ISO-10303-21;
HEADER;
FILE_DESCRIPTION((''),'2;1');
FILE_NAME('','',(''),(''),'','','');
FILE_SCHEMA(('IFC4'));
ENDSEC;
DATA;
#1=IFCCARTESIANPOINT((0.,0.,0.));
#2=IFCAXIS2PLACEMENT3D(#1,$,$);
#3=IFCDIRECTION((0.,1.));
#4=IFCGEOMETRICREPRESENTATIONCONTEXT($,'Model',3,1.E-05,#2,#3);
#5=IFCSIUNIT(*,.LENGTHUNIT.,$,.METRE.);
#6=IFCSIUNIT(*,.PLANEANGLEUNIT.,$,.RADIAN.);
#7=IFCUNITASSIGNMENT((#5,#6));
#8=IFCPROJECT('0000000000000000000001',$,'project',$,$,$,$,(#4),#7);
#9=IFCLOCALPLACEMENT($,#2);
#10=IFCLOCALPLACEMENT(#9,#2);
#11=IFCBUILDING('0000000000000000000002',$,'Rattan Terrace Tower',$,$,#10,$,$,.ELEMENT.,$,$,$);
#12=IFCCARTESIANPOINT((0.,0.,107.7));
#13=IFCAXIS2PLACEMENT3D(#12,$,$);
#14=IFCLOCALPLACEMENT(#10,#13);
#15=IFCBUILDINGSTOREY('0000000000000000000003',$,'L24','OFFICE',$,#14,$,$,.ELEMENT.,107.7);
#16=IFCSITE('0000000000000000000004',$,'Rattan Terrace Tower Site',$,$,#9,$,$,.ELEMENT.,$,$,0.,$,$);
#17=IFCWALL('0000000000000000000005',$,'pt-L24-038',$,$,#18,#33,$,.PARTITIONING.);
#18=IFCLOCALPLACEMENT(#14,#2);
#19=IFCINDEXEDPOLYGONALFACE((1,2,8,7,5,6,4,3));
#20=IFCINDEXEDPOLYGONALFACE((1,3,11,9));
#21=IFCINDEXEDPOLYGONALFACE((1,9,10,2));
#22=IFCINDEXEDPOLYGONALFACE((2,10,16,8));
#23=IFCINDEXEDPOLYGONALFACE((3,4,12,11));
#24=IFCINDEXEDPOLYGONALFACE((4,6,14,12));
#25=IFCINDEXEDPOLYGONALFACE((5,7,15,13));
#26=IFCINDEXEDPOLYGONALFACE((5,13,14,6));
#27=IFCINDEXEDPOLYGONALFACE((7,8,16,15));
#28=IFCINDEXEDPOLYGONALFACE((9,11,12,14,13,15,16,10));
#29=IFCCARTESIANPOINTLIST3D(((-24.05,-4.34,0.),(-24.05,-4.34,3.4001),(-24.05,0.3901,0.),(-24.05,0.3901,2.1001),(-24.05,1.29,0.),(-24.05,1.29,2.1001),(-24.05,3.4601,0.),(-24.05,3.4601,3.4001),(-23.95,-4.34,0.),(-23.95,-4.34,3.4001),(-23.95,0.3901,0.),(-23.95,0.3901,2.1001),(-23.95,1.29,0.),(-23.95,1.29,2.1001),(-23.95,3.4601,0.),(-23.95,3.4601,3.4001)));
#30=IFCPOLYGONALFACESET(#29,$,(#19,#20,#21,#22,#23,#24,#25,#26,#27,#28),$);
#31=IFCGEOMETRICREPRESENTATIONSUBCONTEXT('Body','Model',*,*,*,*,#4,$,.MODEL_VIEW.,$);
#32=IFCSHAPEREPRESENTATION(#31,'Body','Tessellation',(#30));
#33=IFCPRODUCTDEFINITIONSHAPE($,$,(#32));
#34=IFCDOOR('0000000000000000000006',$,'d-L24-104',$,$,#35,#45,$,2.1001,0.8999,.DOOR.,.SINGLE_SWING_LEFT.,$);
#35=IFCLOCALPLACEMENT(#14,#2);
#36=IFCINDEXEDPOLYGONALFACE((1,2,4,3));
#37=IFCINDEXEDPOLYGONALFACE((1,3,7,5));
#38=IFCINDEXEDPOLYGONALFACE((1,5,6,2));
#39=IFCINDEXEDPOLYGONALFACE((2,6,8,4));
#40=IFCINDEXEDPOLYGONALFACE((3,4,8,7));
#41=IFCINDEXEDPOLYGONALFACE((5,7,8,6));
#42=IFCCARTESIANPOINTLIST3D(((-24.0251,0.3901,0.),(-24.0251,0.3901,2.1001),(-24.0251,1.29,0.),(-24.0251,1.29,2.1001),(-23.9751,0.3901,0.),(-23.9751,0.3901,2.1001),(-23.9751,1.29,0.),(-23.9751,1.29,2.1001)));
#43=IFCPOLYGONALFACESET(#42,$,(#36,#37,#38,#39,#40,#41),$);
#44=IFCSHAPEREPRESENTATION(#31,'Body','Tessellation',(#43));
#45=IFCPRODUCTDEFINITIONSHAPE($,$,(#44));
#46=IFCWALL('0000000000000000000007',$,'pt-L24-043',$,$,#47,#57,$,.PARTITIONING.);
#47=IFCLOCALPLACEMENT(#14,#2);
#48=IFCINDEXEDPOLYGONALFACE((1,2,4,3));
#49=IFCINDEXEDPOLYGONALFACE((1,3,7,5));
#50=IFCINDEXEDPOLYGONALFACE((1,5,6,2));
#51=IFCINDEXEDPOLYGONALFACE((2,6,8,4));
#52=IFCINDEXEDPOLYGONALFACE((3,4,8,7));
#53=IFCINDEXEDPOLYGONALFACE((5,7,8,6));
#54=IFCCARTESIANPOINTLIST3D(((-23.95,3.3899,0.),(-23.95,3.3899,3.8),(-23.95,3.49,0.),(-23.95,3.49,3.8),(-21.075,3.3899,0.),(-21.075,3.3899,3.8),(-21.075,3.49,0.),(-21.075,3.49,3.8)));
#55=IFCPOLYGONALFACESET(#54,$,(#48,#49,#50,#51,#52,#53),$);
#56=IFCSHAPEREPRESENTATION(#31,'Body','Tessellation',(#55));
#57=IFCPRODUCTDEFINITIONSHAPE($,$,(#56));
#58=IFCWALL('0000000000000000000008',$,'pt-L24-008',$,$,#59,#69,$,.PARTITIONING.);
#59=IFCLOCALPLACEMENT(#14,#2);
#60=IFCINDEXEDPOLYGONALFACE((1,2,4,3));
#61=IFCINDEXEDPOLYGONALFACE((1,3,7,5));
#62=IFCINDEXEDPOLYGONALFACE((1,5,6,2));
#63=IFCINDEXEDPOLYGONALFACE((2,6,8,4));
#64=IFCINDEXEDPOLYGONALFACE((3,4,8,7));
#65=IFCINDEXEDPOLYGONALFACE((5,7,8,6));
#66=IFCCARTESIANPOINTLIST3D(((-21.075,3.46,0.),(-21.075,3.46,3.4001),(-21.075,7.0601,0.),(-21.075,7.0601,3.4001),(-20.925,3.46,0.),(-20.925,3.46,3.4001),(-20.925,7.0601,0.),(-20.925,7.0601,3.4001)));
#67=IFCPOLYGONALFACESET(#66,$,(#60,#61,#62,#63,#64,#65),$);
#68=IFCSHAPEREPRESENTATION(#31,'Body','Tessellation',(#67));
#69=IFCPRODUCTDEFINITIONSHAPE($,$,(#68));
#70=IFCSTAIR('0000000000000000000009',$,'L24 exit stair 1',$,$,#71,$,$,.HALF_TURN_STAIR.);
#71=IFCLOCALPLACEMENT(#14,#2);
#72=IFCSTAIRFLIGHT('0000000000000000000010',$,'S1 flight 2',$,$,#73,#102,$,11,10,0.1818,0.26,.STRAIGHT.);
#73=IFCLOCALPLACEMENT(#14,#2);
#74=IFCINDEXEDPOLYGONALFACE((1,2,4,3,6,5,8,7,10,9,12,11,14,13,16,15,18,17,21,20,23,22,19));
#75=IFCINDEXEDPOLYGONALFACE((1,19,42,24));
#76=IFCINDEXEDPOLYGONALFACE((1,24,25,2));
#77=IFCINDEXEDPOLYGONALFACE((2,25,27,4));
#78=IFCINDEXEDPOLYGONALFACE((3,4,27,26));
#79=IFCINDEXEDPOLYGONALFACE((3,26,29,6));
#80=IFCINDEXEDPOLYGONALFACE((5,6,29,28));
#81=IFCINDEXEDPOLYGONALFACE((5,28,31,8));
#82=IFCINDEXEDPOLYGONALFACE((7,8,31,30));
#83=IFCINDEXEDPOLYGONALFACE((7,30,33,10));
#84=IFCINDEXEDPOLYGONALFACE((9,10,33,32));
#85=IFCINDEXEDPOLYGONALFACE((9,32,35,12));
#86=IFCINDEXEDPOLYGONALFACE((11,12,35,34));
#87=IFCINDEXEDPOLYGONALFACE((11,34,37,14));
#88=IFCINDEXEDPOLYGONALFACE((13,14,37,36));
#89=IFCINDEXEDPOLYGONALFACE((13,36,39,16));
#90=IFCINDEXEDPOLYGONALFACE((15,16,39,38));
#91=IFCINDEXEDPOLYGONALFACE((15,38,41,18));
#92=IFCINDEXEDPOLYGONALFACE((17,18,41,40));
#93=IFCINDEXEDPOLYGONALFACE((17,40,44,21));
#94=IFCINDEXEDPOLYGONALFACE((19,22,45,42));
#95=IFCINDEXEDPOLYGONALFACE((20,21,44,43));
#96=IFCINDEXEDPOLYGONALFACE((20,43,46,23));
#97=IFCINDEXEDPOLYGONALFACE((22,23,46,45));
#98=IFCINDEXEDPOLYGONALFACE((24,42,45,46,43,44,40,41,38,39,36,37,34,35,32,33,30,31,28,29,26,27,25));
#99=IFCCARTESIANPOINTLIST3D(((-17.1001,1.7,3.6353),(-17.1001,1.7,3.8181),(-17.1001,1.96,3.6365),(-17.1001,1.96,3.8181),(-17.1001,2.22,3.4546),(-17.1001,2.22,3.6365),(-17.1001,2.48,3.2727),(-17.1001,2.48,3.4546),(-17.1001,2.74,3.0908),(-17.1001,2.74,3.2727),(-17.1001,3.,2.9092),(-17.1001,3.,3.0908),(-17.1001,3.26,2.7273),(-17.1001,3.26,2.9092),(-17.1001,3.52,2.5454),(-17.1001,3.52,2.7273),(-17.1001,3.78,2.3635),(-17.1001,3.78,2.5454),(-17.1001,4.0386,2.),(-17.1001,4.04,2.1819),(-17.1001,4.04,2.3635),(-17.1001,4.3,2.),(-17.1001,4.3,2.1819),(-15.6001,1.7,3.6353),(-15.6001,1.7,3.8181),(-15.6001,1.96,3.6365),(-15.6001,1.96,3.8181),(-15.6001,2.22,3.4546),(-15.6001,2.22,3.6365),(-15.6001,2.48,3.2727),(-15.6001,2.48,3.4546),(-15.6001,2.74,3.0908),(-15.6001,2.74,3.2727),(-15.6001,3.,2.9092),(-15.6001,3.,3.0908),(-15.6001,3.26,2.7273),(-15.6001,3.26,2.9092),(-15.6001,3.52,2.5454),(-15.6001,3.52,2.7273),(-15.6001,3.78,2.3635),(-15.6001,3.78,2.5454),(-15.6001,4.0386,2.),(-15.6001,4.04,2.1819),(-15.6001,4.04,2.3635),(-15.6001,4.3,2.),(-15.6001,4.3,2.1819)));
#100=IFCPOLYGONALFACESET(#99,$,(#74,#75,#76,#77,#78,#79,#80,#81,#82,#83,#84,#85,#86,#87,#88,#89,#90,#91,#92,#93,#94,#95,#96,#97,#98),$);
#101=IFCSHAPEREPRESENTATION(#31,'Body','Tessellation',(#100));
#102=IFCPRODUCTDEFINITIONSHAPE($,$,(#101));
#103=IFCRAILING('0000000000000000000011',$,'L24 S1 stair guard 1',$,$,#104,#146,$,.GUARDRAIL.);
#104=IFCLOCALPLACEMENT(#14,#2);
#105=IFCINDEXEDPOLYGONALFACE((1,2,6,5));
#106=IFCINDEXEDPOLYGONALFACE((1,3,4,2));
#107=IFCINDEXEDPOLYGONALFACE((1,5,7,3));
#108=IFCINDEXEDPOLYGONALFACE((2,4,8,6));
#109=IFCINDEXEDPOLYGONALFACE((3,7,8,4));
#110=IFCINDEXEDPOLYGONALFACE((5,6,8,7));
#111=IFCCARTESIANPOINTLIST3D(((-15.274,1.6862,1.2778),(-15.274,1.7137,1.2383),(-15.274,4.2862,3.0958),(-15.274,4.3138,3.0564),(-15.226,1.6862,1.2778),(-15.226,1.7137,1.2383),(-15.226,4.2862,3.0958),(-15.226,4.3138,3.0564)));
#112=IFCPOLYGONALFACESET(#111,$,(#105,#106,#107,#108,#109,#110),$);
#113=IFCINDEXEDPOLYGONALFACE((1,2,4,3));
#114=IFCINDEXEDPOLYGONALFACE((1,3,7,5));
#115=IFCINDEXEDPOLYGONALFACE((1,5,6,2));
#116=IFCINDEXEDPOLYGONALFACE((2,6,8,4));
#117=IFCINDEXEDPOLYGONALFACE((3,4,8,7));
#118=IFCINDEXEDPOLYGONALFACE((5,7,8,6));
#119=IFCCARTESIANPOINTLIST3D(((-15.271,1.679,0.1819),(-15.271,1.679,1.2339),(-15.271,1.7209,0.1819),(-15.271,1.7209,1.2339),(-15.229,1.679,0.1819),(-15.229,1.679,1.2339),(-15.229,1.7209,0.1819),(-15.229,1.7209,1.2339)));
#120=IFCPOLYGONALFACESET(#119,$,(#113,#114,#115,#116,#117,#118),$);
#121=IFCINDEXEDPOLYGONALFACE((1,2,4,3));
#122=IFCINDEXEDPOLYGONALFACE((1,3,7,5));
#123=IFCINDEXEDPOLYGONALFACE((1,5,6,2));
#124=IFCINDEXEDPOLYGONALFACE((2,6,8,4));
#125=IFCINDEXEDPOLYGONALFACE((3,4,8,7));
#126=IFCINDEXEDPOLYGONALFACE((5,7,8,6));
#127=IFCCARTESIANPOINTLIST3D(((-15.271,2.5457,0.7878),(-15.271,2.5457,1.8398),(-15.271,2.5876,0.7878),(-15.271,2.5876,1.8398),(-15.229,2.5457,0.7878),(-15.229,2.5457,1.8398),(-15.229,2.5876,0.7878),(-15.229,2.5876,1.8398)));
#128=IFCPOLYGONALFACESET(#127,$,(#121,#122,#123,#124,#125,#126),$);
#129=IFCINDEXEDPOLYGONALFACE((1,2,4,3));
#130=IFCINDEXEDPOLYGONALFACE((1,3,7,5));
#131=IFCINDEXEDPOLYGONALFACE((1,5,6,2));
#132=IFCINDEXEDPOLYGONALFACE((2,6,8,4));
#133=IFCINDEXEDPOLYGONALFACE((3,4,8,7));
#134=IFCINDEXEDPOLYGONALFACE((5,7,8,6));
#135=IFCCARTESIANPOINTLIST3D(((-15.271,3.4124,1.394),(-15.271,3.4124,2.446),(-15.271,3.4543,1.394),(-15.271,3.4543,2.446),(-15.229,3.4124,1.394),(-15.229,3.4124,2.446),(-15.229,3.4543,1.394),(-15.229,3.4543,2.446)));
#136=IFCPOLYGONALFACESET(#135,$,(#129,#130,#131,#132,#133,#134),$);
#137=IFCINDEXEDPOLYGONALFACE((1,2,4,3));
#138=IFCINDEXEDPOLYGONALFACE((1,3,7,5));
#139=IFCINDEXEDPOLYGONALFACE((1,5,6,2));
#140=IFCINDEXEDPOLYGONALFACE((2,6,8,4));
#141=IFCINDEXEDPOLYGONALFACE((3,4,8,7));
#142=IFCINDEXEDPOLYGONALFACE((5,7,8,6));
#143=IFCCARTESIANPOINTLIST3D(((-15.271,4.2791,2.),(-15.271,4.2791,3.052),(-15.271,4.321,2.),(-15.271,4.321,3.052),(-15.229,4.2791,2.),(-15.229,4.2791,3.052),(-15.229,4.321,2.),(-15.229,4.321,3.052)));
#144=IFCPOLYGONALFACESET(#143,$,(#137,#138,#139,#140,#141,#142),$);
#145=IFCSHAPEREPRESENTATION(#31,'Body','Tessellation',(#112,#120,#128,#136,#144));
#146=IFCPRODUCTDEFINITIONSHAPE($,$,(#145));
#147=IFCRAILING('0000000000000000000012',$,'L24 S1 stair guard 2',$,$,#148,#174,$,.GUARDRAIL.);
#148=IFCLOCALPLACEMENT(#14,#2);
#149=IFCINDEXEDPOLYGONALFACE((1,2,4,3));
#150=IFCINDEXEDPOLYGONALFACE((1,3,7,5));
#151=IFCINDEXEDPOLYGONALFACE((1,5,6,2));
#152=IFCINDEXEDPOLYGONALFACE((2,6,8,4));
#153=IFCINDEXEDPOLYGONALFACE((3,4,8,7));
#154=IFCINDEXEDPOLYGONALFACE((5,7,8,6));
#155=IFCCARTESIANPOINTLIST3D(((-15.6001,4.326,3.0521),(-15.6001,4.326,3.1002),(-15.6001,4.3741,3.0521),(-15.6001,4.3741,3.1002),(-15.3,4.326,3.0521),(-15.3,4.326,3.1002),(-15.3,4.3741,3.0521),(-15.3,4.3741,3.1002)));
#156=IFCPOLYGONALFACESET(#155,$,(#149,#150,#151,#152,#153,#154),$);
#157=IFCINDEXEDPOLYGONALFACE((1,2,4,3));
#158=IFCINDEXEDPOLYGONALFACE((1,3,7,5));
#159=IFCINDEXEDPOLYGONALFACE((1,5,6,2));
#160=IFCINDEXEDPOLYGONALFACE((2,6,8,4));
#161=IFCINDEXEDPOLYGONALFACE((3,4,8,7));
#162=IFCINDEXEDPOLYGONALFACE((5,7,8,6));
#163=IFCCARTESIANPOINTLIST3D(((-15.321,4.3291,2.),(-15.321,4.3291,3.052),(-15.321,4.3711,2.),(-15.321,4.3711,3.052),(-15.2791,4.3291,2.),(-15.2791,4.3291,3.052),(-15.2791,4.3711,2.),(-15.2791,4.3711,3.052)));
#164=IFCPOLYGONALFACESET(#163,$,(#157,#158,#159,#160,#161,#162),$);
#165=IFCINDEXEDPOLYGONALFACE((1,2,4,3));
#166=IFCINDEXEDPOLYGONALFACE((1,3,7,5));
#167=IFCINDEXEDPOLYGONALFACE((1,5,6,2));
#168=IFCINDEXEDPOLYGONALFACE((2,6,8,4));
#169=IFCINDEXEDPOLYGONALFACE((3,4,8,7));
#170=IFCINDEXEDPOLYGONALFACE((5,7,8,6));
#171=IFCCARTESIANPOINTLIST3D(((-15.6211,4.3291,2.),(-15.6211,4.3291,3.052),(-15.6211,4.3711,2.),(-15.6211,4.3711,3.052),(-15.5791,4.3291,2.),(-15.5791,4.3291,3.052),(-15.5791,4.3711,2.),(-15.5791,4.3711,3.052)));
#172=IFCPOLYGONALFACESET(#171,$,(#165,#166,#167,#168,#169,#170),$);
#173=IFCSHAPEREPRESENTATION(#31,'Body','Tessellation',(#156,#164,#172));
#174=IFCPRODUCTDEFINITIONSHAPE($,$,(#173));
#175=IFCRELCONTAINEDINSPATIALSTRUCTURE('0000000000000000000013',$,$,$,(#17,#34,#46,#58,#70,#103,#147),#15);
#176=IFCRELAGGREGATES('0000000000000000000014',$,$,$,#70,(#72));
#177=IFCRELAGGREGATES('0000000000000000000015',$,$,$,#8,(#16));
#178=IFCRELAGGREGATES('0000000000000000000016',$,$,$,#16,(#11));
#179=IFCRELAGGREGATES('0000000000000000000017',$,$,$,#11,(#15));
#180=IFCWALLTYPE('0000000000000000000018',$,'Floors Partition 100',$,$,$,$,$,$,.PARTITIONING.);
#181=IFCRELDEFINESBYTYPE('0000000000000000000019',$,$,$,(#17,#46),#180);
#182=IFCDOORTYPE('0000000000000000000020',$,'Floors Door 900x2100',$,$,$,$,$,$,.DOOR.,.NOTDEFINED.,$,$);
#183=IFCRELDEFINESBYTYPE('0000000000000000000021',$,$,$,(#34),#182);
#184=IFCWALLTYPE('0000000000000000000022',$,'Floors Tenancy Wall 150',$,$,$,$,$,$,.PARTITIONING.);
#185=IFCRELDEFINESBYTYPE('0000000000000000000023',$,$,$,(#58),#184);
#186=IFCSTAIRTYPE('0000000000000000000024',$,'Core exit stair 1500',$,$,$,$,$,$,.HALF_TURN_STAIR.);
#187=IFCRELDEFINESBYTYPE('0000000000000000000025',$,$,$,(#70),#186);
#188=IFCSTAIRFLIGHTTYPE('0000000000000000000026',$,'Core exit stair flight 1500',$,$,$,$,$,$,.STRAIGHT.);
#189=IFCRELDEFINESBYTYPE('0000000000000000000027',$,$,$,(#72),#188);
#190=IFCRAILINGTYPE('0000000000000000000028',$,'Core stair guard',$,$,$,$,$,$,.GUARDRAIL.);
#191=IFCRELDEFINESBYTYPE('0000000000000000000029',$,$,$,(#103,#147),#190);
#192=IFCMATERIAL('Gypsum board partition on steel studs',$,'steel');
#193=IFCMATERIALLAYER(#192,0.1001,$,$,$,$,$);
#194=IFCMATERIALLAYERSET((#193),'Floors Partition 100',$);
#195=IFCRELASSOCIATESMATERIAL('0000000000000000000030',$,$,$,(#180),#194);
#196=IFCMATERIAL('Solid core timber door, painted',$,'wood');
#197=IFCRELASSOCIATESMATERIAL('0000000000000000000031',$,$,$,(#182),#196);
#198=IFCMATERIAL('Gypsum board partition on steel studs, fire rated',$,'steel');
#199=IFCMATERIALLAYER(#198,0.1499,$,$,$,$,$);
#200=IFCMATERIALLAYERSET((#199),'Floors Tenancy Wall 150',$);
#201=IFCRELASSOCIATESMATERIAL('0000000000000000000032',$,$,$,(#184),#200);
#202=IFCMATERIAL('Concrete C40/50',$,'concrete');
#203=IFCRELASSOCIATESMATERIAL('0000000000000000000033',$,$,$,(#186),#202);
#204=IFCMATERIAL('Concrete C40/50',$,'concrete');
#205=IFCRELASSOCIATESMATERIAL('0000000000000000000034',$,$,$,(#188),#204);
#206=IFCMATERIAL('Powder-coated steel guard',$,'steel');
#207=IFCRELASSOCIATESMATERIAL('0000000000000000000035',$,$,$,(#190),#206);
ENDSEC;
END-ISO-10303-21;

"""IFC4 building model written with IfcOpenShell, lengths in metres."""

from ifc_helpers import new_model, si_unit, direction, frame, frame_2d, origin, origin_2d, place, context, subcontext, project, spatial, polyline, rectangle, outline, extrude, material, layer, layer_set, type_object, element, fill, aggregate, save


model = new_model("IFC4")

# Units and contexts
model_context = context("Model", 3, precision=1e-05, world=origin(), true_north=direction((0.0, 1.0)))
body_context = subcontext(model_context, "Body", "Model", "MODEL_VIEW")
ifc_project = project(units=[si_unit("LENGTHUNIT", "METRE"), si_unit("PLANEANGLEUNIT", "RADIAN")], contexts=[model_context])

# Site, building, storey
site_placement = place(None, origin())
site = spatial("IfcSite", under=ifc_project, at=site_placement, Name="Rattan Terrace Tower Site", CompositionType="ELEMENT", RefElevation=0.0)
building_placement = place(site_placement, origin())
building = spatial("IfcBuilding", under=site, at=building_placement, Name="Rattan Terrace Tower", CompositionType="ELEMENT")
storey_placement = place(building_placement, frame((0.0, 0.0, 107.7)))
storey = spatial("IfcBuildingStorey", under=building, at=storey_placement, Name="L24", Description="OFFICE", CompositionType="ELEMENT", Elevation=107.7)

# Wall, opening, door
ifc_material_1 = material(Name="Gypsum board partition on steel studs", Category="steel")
ifc_layer_1 = layer(ifc_material_1, 0.1001)
ifc_layer_set_1 = layer_set([ifc_layer_1], Name="Floors Partition 100")
wall_type_1 = type_object("IfcWallType", Name="Floors Partition 100", PredefinedType="PARTITIONING", material=ifc_layer_set_1)
wall_1_placement = place(storey_placement, frame((-24.0, 3.46, 0.0), z_axis=(0.0, 0.0, 1.0), x_axis=(0.0, -1.0, 0.0)))
wall_1 = element("IfcWall", 1, at=wall_1_placement, inside=storey, type_object=wall_type_1, Name="pt-L24-038", PredefinedType="PARTITIONING", context=body_context, shape_type="SweptSolid", body=[
    extrude(rectangle(XDim=7.8, YDim=0.1001, at=frame_2d((3.8999, 0.0))), origin(), (0.0, 0.0, 1.0), 3.4001),
])
opening_1_placement = place(wall_1_placement, frame((2.1699, 0.0, 0.0)))
opening_1 = element("IfcOpeningElement", 2, at=opening_1_placement, cuts=wall_1, PredefinedType="OPENING", context=body_context, shape_type="SweptSolid", body=[
    extrude(rectangle(XDim=0.8999, YDim=2.1001, at=frame_2d((0.45, 1.05))), frame((0.0, 0.0605, 0.0), z_axis=(0.0, -1.0, 0.0), x_axis=(1.0, 0.0, 0.0)), (0.0, 0.0, 1.0), 0.1211),
])
ifc_material_2 = material(Name="Solid core timber door, painted", Category="wood")
door_type_1 = type_object("IfcDoorType", Name="Floors Door 900x2100", OperationType="NOTDEFINED", PredefinedType="DOOR", material=ifc_material_2)
door_1_placement = place(opening_1_placement, origin())
door_1 = element("IfcDoor", 3, at=door_1_placement, inside=storey, type_object=door_type_1, Name="d-L24-104", OperationType="SINGLE_SWING_LEFT", OverallHeight=2.1001, OverallWidth=0.8999, PredefinedType="DOOR", context=body_context, shape_type="SweptSolid", body=[
    extrude(rectangle(XDim=0.8999, YDim=2.1001, at=frame_2d((0.45, 1.05))), frame((0.0, 0.0249, 0.0), z_axis=(0.0, -1.0, 0.0), x_axis=(1.0, 0.0, 0.0)), (0.0, 0.0, 1.0), 0.05),
])
fill(opening_1, door_1)

# Walls
wall_2_placement = place(storey_placement, frame((-23.95, 3.4399, 0.0), z_axis=(0.0, 0.0, 1.0), x_axis=(1.0, 0.0, 0.0)))
element("IfcWall", 4, at=wall_2_placement, inside=storey, type_object=wall_type_1, Name="pt-L24-043", PredefinedType="PARTITIONING", context=body_context, shape_type="SweptSolid", body=[
    extrude(rectangle(XDim=2.875, YDim=0.1001, at=frame_2d((1.4375, 0.0))), origin(), (0.0, 0.0, 1.0), 3.8),
])
ifc_material_3 = material(Name="Gypsum board partition on steel studs, fire rated", Category="steel")
ifc_layer_2 = layer(ifc_material_3, 0.1499)
ifc_layer_set_2 = layer_set([ifc_layer_2], Name="Floors Tenancy Wall 150")
wall_type_2 = type_object("IfcWallType", Name="Floors Tenancy Wall 150", PredefinedType="PARTITIONING", material=ifc_layer_set_2)
wall_3_placement = place(storey_placement, frame((-21.0, 3.46, 0.0), z_axis=(0.0, 0.0, 1.0), x_axis=(0.0, 1.0, 0.0)))
element("IfcWall", 5, at=wall_3_placement, inside=storey, type_object=wall_type_2, Name="pt-L24-008", PredefinedType="PARTITIONING", context=body_context, shape_type="SweptSolid", body=[
    extrude(rectangle(XDim=3.6001, YDim=0.1499, at=frame_2d((1.8, 0.0))), origin(), (0.0, 0.0, 1.0), 3.4001),
])

# Stair, stair flight
ifc_material_4 = material(Name="Concrete C40/50", Category="concrete")
stair_type = type_object("IfcStairType", Name="Core exit stair 1500", PredefinedType="HALF_TURN_STAIR", material=ifc_material_4)
stair_placement = place(storey_placement, origin())
stair = element("IfcStair", 6, at=stair_placement, inside=storey, type_object=stair_type, Name="L24 exit stair 1", PredefinedType="HALF_TURN_STAIR")
ifc_material_5 = material(Name="Concrete C40/50", Category="concrete")
stair_flight_type = type_object("IfcStairFlightType", Name="Core exit stair flight 1500", PredefinedType="STRAIGHT", material=ifc_material_5)
stair_flight_placement = place(storey_placement, frame((-16.3501, 4.3, 2.0), z_axis=(0.0, 0.0, 1.0), x_axis=(0.0, -1.0, 0.0)))
stair_flight = element("IfcStairFlight", 7, at=stair_flight_placement, type_object=stair_flight_type, Name="S1 flight 2", NumberOfRisers=11, NumberOfTreads=10, PredefinedType="STRAIGHT", RiserHeight=0.1818, TreadLength=0.26, context=body_context, shape_type="SweptSolid", body=[
    extrude(outline(polyline([(0.0, 0.0), (0.0, 0.1819), (0.26, 0.1819), (0.26, 0.3635), (0.52, 0.3635), (0.52, 0.5454), (0.78, 0.5454), (0.78, 0.7273), (1.04, 0.7273), (1.04, 0.9092), (1.3, 0.9092), (1.3, 1.0908), (1.5601, 1.0908), (1.5601, 1.2727), (1.8201, 1.2727), (1.8201, 1.4546), (2.0801, 1.4546), (2.0801, 1.6365), (2.3401, 1.6365), (2.3401, 1.8181), (2.6001, 1.8181), (2.6001, 2.0), (2.6001, 1.6353), (0.2615, 0.0), (0.0, 0.0)])), frame((0.0, 0.75, 0.0), z_axis=(0.0, -1.0, 0.0), x_axis=(1.0, 0.0, 0.0)), (0.0, 0.0, 1.0), 1.5),
])
aggregate(stair, [stair_flight])

# Railings
ifc_material_6 = material(Name="Powder-coated steel guard", Category="steel")
railing_type_1 = type_object("IfcRailingType", Name="Core stair guard", PredefinedType="GUARDRAIL", material=ifc_material_6)
railing_1_placement = place(storey_placement, frame((-15.25, 1.7, 0.1819)))
element("IfcRailing", 8, at=railing_1_placement, inside=storey, type_object=railing_type_1, Name="L24 S1 stair guard 1", PredefinedType="GUARDRAIL", context=body_context, shape_type="SweptSolid", body=[
    extrude(rectangle(XDim=0.0481, YDim=0.0481, at=origin_2d()), frame((0.0, 0.0, 1.0762), z_axis=(0.0, 0.819521, 0.573049), x_axis=(-1.0, 0.0, 0.0)), (0.0, 0.0, 1.0), 3.1726),
    extrude(rectangle(XDim=0.042, YDim=0.042, at=origin_2d()), origin(), (0.0, 0.0, 1.0), 1.052),
    extrude(rectangle(XDim=0.042, YDim=0.042, at=origin_2d()), frame((0.0, 0.8667, 0.606)), (0.0, 0.0, 1.0), 1.052),
    extrude(rectangle(XDim=0.042, YDim=0.042, at=origin_2d()), frame((0.0, 1.7334, 1.2122)), (0.0, 0.0, 1.0), 1.052),
    extrude(rectangle(XDim=0.042, YDim=0.042, at=origin_2d()), frame((0.0, 2.6001, 1.8181)), (0.0, 0.0, 1.0), 1.052),
])
railing_2_placement = place(storey_placement, frame((-15.3, 4.3501, 2.0)))
element("IfcRailing", 9, at=railing_2_placement, inside=storey, type_object=railing_type_1, Name="L24 S1 stair guard 2", PredefinedType="GUARDRAIL", context=body_context, shape_type="SweptSolid", body=[
    extrude(rectangle(XDim=0.0481, YDim=0.0481, at=origin_2d()), frame((0.0, 0.0, 1.0762), z_axis=(-1.0, 0.0, 0.0), x_axis=(0.0, -1.0, 0.0)), (0.0, 0.0, 1.0), 0.3),
    extrude(rectangle(XDim=0.042, YDim=0.042, at=origin_2d()), origin(), (0.0, 0.0, 1.0), 1.052),
    extrude(rectangle(XDim=0.042, YDim=0.042, at=origin_2d()), frame((-0.3, 0.0, 0.0)), (0.0, 0.0, 1.0), 1.052),
])

save(model, "model.ifc")
